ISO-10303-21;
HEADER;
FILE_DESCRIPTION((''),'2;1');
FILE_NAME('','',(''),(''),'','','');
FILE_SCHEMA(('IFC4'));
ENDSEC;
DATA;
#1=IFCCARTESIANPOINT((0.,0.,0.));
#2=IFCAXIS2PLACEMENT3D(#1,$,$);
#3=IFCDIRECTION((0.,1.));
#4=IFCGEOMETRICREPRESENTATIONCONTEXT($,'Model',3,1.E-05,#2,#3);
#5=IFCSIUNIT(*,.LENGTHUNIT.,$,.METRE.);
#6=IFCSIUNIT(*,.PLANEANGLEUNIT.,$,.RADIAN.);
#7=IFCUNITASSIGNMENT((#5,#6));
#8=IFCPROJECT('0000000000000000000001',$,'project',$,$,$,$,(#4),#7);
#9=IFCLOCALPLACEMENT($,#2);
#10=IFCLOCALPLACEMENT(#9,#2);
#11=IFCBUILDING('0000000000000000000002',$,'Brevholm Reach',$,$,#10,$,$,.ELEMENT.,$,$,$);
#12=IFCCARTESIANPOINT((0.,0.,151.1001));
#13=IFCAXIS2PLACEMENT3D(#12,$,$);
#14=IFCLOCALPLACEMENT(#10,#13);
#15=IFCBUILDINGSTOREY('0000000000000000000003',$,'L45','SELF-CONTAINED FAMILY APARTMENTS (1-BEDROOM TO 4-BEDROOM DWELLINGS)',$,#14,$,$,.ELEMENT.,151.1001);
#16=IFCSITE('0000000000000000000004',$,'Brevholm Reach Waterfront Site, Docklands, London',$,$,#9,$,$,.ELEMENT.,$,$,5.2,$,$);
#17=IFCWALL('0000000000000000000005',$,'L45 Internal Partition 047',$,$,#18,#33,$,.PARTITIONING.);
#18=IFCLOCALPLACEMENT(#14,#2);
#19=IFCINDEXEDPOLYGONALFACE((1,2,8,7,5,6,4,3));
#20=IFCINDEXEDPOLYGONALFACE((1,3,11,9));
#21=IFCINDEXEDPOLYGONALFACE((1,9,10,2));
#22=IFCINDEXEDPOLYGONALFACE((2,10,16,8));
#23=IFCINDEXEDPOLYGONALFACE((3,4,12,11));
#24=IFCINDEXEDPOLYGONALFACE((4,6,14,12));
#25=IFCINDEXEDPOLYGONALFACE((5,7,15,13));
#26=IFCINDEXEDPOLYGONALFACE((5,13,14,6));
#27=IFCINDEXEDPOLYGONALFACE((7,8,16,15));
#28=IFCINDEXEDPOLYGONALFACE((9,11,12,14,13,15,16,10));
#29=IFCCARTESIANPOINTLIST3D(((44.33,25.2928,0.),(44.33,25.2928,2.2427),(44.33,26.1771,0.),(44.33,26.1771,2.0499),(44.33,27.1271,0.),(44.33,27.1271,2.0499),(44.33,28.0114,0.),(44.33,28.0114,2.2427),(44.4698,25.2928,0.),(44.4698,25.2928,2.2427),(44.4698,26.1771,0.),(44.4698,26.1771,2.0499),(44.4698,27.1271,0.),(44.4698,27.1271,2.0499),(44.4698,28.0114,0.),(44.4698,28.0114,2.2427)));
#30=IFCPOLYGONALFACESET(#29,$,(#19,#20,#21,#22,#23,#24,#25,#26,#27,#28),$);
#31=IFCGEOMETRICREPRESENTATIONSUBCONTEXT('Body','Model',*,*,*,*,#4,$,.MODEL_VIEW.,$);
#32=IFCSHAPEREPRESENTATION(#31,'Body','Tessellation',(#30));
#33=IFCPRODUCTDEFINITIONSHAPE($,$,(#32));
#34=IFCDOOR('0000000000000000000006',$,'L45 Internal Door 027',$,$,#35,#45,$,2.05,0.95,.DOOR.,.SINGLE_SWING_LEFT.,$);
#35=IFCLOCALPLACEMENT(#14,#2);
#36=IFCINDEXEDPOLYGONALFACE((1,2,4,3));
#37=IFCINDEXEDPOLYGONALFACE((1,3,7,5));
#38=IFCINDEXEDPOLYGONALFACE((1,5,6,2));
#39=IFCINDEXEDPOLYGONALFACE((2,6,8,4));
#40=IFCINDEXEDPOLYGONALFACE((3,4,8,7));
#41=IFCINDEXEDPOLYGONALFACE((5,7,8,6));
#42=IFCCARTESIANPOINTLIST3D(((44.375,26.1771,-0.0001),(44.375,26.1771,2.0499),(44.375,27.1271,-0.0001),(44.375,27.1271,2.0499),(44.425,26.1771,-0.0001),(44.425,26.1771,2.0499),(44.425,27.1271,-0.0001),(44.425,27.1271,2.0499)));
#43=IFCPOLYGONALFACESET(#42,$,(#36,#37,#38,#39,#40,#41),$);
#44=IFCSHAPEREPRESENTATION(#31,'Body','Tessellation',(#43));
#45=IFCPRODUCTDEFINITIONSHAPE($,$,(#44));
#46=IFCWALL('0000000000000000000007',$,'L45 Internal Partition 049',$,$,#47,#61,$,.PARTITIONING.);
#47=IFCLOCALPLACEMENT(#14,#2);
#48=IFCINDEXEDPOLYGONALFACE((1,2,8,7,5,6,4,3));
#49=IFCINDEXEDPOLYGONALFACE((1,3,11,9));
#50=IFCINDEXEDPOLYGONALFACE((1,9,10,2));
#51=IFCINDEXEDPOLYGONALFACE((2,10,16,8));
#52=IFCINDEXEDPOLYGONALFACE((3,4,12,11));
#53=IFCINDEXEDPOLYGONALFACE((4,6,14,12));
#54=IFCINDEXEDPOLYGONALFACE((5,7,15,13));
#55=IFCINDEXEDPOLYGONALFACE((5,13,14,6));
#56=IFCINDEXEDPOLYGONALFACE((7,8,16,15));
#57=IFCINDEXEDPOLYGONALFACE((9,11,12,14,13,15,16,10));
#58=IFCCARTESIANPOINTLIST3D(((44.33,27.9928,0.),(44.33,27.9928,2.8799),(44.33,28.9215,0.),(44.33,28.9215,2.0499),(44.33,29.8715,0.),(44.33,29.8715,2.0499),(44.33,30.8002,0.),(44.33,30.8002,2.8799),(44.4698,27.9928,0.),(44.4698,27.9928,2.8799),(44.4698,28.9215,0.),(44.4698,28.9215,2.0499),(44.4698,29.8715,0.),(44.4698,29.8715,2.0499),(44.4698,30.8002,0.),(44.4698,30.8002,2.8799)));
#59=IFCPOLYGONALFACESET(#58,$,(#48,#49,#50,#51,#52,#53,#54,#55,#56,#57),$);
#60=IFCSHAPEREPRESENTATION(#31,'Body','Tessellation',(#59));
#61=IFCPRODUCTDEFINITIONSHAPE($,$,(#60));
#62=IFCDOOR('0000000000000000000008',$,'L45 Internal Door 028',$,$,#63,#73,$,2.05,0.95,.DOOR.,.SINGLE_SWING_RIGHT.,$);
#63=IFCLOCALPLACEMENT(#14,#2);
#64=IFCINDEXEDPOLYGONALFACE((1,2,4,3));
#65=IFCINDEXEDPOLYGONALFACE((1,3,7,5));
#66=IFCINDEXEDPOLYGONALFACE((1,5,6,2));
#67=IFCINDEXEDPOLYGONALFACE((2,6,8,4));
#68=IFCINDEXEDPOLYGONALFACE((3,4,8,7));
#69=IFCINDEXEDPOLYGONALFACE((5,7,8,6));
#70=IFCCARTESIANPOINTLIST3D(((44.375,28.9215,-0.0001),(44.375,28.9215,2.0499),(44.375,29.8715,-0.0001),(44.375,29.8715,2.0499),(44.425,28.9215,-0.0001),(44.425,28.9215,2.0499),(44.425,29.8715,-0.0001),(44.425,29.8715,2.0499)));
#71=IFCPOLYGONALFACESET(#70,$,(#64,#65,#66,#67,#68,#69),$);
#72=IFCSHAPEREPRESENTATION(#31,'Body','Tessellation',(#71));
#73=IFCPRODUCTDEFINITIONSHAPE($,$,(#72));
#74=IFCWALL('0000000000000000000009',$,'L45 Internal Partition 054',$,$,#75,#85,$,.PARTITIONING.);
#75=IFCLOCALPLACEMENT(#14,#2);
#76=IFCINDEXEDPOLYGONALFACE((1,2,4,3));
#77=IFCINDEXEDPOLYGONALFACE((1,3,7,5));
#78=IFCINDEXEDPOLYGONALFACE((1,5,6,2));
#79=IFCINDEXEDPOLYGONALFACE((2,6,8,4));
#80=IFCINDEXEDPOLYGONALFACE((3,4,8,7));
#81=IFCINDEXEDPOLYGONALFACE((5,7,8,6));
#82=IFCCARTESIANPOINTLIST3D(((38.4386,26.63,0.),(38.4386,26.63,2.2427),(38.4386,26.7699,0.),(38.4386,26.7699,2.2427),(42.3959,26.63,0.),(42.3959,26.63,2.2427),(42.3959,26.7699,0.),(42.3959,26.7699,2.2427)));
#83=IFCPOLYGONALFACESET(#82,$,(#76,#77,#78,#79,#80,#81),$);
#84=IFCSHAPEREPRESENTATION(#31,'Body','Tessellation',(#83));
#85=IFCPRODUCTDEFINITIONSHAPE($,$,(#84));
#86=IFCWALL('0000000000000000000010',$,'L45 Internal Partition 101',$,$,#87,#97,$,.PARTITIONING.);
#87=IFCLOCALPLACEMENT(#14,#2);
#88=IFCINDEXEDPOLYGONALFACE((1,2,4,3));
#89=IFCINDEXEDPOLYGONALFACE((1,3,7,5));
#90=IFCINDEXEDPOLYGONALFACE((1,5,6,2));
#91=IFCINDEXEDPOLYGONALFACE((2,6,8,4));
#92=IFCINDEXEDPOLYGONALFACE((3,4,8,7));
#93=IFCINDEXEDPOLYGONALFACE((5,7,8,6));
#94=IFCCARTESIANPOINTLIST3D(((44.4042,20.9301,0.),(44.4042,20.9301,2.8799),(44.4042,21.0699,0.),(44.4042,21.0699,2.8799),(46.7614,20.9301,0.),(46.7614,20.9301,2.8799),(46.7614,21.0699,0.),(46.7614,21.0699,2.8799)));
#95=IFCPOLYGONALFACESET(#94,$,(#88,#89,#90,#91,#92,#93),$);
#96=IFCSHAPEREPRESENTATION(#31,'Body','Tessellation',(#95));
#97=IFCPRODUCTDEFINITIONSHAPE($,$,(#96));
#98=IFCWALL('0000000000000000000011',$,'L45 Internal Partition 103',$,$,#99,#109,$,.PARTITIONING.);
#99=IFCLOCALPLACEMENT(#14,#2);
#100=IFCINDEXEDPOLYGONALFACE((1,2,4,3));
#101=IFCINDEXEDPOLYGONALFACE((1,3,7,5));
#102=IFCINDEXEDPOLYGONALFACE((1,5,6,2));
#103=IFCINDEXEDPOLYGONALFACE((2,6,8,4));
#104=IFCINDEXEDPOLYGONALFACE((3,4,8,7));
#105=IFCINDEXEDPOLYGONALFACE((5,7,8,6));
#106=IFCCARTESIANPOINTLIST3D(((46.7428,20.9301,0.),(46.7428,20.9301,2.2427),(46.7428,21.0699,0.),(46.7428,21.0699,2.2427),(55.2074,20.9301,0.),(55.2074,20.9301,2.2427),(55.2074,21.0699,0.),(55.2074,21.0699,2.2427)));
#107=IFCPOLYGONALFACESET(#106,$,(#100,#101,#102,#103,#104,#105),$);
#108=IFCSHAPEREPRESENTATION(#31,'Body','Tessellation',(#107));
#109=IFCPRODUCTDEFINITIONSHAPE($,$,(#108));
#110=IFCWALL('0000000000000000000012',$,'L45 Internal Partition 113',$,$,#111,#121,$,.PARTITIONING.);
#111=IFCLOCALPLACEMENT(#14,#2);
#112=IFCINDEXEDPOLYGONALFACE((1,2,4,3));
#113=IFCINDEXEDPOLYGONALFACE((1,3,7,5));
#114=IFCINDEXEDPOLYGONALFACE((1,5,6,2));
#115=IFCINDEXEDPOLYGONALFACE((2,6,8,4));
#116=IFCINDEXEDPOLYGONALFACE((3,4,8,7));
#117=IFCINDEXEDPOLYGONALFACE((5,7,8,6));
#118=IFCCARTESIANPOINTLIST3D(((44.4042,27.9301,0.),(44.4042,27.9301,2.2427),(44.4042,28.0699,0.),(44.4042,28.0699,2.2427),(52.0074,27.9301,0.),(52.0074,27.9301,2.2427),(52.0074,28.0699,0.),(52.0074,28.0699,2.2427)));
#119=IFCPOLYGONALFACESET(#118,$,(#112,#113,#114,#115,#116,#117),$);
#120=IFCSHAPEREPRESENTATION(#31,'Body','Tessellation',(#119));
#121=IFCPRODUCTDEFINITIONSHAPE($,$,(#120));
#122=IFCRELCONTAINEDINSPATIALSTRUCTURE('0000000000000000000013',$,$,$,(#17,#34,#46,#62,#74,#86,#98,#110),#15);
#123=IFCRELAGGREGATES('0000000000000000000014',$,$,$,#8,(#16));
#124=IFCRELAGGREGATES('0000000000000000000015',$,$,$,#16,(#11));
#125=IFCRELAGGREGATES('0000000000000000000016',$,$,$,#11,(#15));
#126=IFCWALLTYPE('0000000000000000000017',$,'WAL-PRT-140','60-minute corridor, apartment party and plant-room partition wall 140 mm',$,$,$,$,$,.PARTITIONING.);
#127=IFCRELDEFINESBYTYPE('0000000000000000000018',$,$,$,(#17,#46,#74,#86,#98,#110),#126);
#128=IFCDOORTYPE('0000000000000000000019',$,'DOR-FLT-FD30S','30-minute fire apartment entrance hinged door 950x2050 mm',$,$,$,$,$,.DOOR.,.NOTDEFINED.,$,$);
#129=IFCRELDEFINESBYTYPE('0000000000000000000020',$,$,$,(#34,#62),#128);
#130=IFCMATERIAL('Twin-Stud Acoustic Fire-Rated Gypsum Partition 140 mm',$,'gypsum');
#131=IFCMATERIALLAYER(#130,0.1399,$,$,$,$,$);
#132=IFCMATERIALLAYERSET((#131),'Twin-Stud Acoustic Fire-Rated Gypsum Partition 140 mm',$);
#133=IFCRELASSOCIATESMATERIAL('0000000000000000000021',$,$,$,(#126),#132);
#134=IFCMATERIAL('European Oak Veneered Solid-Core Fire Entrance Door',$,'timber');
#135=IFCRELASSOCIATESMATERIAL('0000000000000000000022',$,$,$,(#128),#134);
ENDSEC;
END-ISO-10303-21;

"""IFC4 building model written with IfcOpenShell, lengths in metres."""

from ifc_helpers import new_model, si_unit, direction, frame, frame_2d, origin, place, context, subcontext, project, spatial, rectangle, extrude, material, layer, layer_set, type_object, element, fill, save


model = new_model("IFC4")

# Units and contexts
model_context = context("Model", 3, precision=1e-05, world=origin(), true_north=direction((0.0, 1.0)))
body_context = subcontext(model_context, "Body", "Model", "MODEL_VIEW")
ifc_project = project(units=[si_unit("LENGTHUNIT", "METRE"), si_unit("PLANEANGLEUNIT", "RADIAN")], contexts=[model_context])

# Site, building, storey
site_placement = place(None, origin())
site = spatial("IfcSite", under=ifc_project, at=site_placement, Name="Brevholm Reach Waterfront Site, Docklands, London", CompositionType="ELEMENT", RefElevation=5.2)
building_placement = place(site_placement, origin())
building = spatial("IfcBuilding", under=site, at=building_placement, Name="Brevholm Reach", CompositionType="ELEMENT")
storey_placement = place(building_placement, frame((0.0, 0.0, 151.1001)))
storey = spatial("IfcBuildingStorey", under=building, at=storey_placement, Name="L45", Description="SELF-CONTAINED FAMILY APARTMENTS (1-BEDROOM TO 4-BEDROOM DWELLINGS)", CompositionType="ELEMENT", Elevation=151.1001)

# Shared definitions
ifc_material_1 = material(Name="Twin-Stud Acoustic Fire-Rated Gypsum Partition 140 mm", Category="gypsum")
ifc_layer_1 = layer(ifc_material_1, 0.1399)
ifc_layer_set_1 = layer_set([ifc_layer_1], Name="Twin-Stud Acoustic Fire-Rated Gypsum Partition 140 mm")
wall_type_1 = type_object("IfcWallType", Name="WAL-PRT-140", Description="60-minute corridor, apartment party and plant-room partition wall 140 mm", PredefinedType="PARTITIONING", material=ifc_layer_set_1)

# Walls, openings, doors
wall_1_placement = place(storey_placement, frame((44.3999, 25.2927, 0.0), z_axis=(0.0, 0.0, 1.0), x_axis=(0.0, 1.0, 0.0)))
wall_1 = element("IfcWall", 1, at=wall_1_placement, inside=storey, type_object=wall_type_1, Name="L45 Internal Partition 047", PredefinedType="PARTITIONING", context=body_context, shape_type="SweptSolid", body=[
    extrude(rectangle(XDim=2.7185, YDim=0.1399, at=frame_2d((1.3594, 0.0))), origin(), (0.0, 0.0, 1.0), 2.2427),
])
opening_1_placement = place(wall_1_placement, frame((0.8843, 0.0, 0.0)))
opening_1 = element("IfcOpeningElement", 2, at=opening_1_placement, cuts=wall_1, PredefinedType="OPENING", context=body_context, shape_type="SweptSolid", body=[
    extrude(rectangle(XDim=0.95, YDim=2.05, at=frame_2d((0.4751, 1.0249))), frame((0.0, 0.0798, 0.0), z_axis=(0.0, -1.0, 0.0), x_axis=(1.0, 0.0, 0.0)), (0.0, 0.0, 1.0), 0.1599),
])
ifc_material_2 = material(Name="European Oak Veneered Solid-Core Fire Entrance Door", Category="timber")
door_type_1 = type_object("IfcDoorType", Name="DOR-FLT-FD30S", Description="30-minute fire apartment entrance hinged door 950x2050 mm", OperationType="NOTDEFINED", PredefinedType="DOOR", material=ifc_material_2)
door_1_placement = place(opening_1_placement, origin())
door_1 = element("IfcDoor", 3, at=door_1_placement, inside=storey, type_object=door_type_1, Name="L45 Internal Door 027", OperationType="SINGLE_SWING_LEFT", OverallHeight=2.05, OverallWidth=0.95, PredefinedType="DOOR", context=body_context, shape_type="SweptSolid", body=[
    extrude(rectangle(XDim=0.95, YDim=2.05, at=frame_2d((0.4751, 1.0249))), frame((0.0, 0.0249, 0.0), z_axis=(0.0, -1.0, 0.0), x_axis=(1.0, 0.0, 0.0)), (0.0, 0.0, 1.0), 0.05),
])
fill(opening_1, door_1)
wall_2_placement = place(storey_placement, frame((44.3999, 27.9927, 0.0), z_axis=(0.0, 0.0, 1.0), x_axis=(0.0, 1.0, 0.0)))
wall_2 = element("IfcWall", 4, at=wall_2_placement, inside=storey, type_object=wall_type_1, Name="L45 Internal Partition 049", PredefinedType="PARTITIONING", context=body_context, shape_type="SweptSolid", body=[
    extrude(rectangle(XDim=2.8074, YDim=0.1399, at=frame_2d((1.4038, 0.0))), origin(), (0.0, 0.0, 1.0), 2.8799),
])
opening_2_placement = place(wall_2_placement, frame((0.9287, 0.0, 0.0)))
opening_2 = element("IfcOpeningElement", 5, at=opening_2_placement, cuts=wall_2, PredefinedType="OPENING", context=body_context, shape_type="SweptSolid", body=[
    extrude(rectangle(XDim=0.95, YDim=2.05, at=frame_2d((0.4751, 1.0249))), frame((0.0, 0.0798, 0.0), z_axis=(0.0, -1.0, 0.0), x_axis=(1.0, 0.0, 0.0)), (0.0, 0.0, 1.0), 0.1599),
])
door_2_placement = place(opening_2_placement, origin())
door_2 = element("IfcDoor", 6, at=door_2_placement, inside=storey, type_object=door_type_1, Name="L45 Internal Door 028", OperationType="SINGLE_SWING_RIGHT", OverallHeight=2.05, OverallWidth=0.95, PredefinedType="DOOR", context=body_context, shape_type="SweptSolid", body=[
    extrude(rectangle(XDim=0.95, YDim=2.05, at=frame_2d((0.4751, 1.0249))), frame((0.0, 0.0249, 0.0), z_axis=(0.0, -1.0, 0.0), x_axis=(1.0, 0.0, 0.0)), (0.0, 0.0, 1.0), 0.05),
])
fill(opening_2, door_2)

# Walls
wall_3_placement = place(storey_placement, frame((38.4387, 26.7, 0.0), z_axis=(0.0, 0.0, 1.0), x_axis=(1.0, 0.0, 0.0)))
element("IfcWall", 7, at=wall_3_placement, inside=storey, type_object=wall_type_1, Name="L45 Internal Partition 054", PredefinedType="PARTITIONING", context=body_context, shape_type="SweptSolid", body=[
    extrude(rectangle(XDim=3.9573, YDim=0.1399, at=frame_2d((1.9785, 0.0))), origin(), (0.0, 0.0, 1.0), 2.2427),
])
wall_4_placement = place(storey_placement, frame((44.4041, 21.0, 0.0), z_axis=(0.0, 0.0, 1.0), x_axis=(1.0, 0.0, 0.0)))
element("IfcWall", 8, at=wall_4_placement, inside=storey, type_object=wall_type_1, Name="L45 Internal Partition 101", PredefinedType="PARTITIONING", context=body_context, shape_type="SweptSolid", body=[
    extrude(rectangle(XDim=2.3572, YDim=0.1399, at=frame_2d((1.1787, 0.0))), origin(), (0.0, 0.0, 1.0), 2.8799),
])
wall_5_placement = place(storey_placement, frame((46.7427, 21.0, 0.0), z_axis=(0.0, 0.0, 1.0), x_axis=(1.0, 0.0, 0.0)))
element("IfcWall", 9, at=wall_5_placement, inside=storey, type_object=wall_type_1, Name="L45 Internal Partition 103", PredefinedType="PARTITIONING", context=body_context, shape_type="SweptSolid", body=[
    extrude(rectangle(XDim=8.4646, YDim=0.1399, at=frame_2d((4.2324, 0.0))), origin(), (0.0, 0.0, 1.0), 2.2427),
])
wall_6_placement = place(storey_placement, frame((44.4041, 28.0, 0.0), z_axis=(0.0, 0.0, 1.0), x_axis=(1.0, 0.0, 0.0)))
element("IfcWall", 10, at=wall_6_placement, inside=storey, type_object=wall_type_1, Name="L45 Internal Partition 113", PredefinedType="PARTITIONING", context=body_context, shape_type="SweptSolid", body=[
    extrude(rectangle(XDim=7.6033, YDim=0.1399, at=frame_2d((3.8018, 0.0))), origin(), (0.0, 0.0, 1.0), 2.2427),
])

save(model, "model.ifc")
